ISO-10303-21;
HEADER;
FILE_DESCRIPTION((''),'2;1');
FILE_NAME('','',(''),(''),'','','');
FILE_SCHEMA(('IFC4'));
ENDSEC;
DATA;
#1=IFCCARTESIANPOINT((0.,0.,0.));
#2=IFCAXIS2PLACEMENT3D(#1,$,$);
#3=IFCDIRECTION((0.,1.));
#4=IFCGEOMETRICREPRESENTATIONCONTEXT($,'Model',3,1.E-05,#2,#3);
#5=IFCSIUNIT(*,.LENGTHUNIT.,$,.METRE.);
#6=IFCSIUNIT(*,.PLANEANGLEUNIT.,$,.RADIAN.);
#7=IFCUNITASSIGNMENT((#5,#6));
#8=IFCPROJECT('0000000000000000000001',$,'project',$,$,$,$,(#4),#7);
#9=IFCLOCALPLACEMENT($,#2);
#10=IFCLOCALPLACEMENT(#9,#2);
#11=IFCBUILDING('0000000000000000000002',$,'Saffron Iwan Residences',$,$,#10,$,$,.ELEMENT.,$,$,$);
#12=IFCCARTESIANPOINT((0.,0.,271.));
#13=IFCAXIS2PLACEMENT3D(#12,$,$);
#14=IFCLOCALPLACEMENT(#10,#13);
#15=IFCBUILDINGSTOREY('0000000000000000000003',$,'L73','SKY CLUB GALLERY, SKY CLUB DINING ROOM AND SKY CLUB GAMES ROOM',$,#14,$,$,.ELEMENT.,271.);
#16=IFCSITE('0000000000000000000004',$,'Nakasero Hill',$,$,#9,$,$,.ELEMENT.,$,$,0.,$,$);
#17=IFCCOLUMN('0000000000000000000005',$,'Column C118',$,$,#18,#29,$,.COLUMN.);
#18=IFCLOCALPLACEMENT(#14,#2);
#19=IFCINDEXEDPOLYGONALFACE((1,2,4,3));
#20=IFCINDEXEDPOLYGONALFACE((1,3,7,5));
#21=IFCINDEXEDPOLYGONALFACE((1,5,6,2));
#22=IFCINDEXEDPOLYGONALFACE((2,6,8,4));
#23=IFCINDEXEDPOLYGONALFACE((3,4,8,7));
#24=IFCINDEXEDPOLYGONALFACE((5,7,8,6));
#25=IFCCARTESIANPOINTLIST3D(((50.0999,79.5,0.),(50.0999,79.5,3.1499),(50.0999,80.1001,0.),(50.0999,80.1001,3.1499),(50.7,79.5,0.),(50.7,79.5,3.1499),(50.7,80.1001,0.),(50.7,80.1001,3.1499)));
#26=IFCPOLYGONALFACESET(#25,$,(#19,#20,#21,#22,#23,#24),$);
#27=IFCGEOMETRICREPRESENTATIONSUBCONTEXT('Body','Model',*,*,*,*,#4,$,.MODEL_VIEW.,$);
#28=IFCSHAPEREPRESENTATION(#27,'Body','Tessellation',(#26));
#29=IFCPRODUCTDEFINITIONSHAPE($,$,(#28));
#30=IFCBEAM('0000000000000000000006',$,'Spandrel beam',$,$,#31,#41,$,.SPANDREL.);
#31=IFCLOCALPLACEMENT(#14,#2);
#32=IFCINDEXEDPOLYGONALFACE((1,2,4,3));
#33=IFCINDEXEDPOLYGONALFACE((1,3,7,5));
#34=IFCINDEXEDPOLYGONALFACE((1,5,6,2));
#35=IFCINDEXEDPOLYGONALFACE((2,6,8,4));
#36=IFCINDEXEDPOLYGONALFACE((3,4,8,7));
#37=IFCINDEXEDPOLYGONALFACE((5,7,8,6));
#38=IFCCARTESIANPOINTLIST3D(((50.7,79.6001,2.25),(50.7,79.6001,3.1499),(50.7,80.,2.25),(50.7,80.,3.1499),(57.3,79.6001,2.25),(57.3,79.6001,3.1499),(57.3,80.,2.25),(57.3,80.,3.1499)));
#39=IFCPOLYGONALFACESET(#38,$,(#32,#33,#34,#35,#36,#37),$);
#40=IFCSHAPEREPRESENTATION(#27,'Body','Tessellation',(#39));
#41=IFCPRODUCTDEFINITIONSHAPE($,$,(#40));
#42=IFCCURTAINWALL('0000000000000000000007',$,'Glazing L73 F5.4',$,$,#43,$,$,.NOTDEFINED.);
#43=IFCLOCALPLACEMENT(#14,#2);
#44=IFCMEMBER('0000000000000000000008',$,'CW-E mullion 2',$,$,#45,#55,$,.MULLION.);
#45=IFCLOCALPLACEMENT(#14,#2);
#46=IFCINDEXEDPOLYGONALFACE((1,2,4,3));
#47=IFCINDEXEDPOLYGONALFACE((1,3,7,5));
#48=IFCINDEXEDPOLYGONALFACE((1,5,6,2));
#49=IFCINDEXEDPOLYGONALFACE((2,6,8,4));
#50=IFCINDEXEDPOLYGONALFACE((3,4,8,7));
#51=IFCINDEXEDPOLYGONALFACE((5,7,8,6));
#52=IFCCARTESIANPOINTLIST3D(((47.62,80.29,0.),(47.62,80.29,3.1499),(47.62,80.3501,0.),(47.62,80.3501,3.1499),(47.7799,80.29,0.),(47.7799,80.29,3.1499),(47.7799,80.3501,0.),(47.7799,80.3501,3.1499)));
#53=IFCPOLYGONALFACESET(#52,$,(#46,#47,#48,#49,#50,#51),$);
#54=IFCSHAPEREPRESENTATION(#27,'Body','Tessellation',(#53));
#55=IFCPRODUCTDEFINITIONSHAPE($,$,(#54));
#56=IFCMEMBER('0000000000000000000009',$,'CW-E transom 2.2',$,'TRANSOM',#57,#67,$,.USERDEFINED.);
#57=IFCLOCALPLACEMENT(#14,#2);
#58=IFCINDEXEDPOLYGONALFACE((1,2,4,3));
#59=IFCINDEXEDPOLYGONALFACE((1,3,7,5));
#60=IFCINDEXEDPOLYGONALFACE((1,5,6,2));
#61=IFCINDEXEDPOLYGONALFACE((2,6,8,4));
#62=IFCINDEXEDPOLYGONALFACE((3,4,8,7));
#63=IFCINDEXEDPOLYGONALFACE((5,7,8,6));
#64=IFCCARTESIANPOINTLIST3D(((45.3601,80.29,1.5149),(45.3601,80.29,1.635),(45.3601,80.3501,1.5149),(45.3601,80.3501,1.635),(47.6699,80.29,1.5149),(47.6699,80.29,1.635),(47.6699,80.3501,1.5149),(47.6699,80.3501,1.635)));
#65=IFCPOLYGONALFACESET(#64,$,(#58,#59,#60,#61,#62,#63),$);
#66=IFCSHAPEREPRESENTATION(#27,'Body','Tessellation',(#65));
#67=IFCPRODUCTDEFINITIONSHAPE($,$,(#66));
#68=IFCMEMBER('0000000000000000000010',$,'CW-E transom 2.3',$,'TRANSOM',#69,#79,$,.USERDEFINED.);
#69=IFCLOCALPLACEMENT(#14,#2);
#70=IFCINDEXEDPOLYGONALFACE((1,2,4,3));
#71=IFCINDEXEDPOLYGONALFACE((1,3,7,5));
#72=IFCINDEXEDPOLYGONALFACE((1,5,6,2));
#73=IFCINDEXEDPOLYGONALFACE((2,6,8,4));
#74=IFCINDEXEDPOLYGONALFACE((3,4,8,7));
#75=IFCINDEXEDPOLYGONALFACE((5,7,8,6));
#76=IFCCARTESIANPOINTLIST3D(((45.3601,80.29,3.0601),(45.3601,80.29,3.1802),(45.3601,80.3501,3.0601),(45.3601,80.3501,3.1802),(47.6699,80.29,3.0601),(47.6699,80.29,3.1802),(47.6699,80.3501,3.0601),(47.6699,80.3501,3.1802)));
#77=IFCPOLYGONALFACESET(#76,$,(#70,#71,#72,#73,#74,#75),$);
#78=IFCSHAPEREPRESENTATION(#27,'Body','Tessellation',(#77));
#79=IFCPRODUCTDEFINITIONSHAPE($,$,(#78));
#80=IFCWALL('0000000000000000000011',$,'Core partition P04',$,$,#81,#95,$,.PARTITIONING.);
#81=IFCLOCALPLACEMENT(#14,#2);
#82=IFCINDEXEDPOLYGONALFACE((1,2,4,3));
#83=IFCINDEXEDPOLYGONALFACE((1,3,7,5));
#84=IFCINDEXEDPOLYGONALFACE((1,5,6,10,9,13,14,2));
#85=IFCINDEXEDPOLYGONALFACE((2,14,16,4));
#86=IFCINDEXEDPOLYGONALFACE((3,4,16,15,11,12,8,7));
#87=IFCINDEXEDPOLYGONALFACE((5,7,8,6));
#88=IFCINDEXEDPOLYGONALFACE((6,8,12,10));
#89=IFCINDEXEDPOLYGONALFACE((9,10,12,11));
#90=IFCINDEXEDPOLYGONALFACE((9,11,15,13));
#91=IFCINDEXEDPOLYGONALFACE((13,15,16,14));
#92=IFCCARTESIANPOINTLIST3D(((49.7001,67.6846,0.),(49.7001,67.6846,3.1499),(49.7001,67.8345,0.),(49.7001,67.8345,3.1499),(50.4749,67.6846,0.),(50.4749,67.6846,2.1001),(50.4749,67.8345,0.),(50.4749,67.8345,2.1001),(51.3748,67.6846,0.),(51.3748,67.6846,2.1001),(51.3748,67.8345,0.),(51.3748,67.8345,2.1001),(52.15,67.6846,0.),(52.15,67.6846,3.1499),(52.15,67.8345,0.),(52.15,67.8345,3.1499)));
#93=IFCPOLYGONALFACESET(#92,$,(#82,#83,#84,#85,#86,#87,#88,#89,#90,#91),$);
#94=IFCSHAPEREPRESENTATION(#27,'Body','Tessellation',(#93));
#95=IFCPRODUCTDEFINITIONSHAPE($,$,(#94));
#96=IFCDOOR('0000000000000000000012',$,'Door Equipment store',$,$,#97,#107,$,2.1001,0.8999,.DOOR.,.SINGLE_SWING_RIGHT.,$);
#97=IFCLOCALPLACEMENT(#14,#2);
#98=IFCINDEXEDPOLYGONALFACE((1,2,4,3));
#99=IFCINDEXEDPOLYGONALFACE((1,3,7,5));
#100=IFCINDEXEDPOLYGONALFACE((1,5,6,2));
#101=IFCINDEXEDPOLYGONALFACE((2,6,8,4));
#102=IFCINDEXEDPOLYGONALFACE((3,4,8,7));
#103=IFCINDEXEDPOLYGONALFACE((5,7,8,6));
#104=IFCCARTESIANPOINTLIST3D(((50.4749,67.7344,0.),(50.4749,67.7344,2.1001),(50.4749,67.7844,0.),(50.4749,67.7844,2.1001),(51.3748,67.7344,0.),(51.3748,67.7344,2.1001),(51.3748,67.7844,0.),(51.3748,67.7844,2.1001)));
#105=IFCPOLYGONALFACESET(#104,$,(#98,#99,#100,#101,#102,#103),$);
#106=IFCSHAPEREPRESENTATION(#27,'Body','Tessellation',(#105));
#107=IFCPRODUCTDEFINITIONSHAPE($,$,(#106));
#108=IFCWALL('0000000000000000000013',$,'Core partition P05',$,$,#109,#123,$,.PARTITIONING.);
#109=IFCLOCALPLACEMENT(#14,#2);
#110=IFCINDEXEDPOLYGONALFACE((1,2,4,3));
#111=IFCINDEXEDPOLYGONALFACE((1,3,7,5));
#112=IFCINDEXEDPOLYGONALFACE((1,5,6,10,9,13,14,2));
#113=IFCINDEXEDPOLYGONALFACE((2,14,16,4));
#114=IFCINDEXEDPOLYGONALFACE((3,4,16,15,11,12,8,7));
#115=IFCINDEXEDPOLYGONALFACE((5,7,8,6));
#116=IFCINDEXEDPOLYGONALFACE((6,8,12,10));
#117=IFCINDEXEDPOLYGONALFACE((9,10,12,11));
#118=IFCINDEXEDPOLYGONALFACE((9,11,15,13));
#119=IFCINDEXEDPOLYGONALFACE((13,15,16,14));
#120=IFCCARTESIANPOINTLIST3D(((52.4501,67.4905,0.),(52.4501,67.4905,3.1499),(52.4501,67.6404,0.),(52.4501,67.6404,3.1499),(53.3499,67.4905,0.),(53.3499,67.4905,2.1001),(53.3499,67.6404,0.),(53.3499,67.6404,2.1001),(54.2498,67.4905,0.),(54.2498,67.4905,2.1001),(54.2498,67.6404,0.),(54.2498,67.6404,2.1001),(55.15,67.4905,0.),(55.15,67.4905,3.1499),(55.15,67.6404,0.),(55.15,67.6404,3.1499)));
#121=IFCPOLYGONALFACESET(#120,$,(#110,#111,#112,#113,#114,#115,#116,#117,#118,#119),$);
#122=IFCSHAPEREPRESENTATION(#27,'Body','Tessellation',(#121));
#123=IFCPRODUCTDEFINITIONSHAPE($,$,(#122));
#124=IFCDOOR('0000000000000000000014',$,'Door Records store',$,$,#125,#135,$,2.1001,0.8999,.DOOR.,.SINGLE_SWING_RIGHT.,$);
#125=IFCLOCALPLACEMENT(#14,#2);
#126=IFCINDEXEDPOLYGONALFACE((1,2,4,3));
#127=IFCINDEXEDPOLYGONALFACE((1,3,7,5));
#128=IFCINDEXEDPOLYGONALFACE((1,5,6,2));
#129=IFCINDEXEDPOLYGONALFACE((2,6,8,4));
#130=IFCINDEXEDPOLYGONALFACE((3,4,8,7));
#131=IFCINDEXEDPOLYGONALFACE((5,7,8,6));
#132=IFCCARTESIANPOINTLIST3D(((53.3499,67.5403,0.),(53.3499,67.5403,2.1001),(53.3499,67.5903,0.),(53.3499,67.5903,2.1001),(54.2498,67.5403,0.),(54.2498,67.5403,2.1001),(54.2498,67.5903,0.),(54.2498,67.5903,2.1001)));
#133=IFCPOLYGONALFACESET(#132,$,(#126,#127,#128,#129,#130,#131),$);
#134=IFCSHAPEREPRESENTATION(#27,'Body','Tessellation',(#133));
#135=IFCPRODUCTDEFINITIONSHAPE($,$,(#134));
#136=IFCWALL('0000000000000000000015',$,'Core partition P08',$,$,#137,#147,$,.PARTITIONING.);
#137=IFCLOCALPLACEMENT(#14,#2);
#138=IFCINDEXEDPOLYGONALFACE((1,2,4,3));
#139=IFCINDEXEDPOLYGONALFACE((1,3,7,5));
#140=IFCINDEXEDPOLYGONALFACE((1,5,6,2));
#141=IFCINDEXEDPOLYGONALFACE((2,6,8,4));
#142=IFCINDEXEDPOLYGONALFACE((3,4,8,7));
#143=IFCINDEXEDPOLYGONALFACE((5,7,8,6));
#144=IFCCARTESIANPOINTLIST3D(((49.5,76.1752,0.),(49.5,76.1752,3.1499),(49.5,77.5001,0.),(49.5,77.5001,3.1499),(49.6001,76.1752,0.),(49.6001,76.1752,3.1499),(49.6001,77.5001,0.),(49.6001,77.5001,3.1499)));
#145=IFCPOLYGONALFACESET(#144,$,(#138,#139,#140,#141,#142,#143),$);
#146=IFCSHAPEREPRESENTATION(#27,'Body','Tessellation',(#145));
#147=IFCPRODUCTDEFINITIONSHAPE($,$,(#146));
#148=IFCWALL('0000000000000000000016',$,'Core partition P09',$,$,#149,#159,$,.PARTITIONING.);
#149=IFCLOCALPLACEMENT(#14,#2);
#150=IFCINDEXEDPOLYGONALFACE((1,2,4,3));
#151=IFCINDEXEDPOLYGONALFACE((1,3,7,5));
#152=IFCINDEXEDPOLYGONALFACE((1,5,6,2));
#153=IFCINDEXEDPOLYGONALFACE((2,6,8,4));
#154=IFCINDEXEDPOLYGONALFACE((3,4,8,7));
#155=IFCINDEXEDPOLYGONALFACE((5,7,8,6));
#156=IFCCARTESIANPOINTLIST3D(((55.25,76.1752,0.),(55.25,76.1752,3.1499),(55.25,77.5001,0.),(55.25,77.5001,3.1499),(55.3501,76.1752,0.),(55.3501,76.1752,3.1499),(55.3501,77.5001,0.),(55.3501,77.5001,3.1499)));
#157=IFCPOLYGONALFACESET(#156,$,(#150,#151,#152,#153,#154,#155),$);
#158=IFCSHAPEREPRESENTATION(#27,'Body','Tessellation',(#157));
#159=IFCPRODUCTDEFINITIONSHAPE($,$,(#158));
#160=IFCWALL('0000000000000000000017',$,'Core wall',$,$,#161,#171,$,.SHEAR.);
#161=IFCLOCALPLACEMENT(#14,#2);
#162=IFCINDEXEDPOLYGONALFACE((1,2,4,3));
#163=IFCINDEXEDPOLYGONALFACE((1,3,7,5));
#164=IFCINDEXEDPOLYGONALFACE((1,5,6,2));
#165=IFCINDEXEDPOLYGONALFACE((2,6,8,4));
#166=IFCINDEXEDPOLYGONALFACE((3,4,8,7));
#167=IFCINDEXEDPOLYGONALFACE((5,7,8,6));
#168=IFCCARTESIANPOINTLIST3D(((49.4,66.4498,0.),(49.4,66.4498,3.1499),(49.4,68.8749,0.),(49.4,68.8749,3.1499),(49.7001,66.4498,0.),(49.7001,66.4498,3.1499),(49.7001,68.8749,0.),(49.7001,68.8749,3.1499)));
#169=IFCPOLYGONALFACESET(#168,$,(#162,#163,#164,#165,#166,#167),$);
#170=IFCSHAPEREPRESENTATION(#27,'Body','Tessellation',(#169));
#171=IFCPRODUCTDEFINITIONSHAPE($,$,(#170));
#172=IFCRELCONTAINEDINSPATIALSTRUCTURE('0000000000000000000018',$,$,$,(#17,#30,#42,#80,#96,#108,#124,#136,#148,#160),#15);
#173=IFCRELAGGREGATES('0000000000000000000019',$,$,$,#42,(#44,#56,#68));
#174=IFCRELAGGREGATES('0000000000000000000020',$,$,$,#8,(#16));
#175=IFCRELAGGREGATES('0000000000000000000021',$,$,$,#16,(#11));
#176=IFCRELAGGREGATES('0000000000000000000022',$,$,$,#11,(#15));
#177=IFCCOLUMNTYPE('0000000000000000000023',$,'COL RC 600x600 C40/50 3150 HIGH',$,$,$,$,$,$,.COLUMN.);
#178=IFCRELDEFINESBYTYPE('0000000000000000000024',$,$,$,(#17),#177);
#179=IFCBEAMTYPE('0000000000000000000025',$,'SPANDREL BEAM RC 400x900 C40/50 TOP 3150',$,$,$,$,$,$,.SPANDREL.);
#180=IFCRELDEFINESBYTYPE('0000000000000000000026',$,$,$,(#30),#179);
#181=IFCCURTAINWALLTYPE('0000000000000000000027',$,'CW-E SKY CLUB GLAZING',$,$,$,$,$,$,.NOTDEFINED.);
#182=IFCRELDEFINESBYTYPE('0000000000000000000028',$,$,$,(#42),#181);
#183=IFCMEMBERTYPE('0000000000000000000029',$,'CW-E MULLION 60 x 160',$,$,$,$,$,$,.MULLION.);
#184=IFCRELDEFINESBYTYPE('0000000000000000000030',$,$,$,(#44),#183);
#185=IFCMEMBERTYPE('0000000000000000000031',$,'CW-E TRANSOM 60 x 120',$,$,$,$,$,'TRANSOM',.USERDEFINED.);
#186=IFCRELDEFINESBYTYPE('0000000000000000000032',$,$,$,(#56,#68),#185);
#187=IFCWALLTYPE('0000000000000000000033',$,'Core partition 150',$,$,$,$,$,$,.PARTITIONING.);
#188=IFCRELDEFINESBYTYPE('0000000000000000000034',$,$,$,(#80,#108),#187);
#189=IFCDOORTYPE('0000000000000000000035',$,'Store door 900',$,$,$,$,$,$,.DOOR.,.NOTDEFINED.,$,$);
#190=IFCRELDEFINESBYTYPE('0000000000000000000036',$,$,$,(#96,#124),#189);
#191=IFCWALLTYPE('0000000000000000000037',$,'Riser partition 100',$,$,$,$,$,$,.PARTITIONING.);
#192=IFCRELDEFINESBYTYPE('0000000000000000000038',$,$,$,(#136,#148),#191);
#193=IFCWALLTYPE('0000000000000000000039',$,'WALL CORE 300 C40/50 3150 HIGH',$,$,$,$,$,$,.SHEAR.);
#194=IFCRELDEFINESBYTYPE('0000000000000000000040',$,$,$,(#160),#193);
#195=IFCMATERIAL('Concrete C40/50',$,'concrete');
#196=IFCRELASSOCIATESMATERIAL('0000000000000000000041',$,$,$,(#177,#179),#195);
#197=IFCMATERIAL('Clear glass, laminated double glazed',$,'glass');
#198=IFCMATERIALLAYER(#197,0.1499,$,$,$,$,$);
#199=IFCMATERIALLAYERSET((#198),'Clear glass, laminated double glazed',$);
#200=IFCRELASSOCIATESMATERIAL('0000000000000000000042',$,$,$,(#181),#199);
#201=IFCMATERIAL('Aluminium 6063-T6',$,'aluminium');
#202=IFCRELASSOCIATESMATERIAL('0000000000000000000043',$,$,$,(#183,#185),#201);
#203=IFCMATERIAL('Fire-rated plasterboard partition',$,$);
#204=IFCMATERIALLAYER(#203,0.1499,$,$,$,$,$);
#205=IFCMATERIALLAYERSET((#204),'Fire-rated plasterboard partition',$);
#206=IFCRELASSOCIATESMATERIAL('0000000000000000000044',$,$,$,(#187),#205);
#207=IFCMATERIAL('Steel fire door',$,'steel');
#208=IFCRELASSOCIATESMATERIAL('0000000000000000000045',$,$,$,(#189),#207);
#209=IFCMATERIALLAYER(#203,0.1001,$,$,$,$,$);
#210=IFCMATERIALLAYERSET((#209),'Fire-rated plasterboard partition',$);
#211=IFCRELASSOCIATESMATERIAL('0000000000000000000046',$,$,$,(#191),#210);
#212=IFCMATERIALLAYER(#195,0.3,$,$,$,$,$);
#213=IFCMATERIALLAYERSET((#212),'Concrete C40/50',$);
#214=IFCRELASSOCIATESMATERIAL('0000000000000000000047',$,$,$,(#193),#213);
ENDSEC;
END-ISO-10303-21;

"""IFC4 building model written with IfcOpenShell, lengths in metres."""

from ifc_helpers import new_model, si_unit, direction, frame, frame_2d, origin, origin_2d, place, context, subcontext, project, spatial, rectangle, extrude, source, transform, mapped, material, layer, layer_set, material_profile, profile_set, type_object, element, fill, aggregate, save


model = new_model("IFC4")

# Units and contexts
model_context = context("Model", 3, precision=1e-05, world=origin(), true_north=direction((0.0, 1.0)))
body_context = subcontext(model_context, "Body", "Model", "MODEL_VIEW")
ifc_project = project(units=[si_unit("LENGTHUNIT", "METRE"), si_unit("PLANEANGLEUNIT", "RADIAN")], contexts=[model_context])

# Site, building, storey
site_placement = place(None, origin())
site = spatial("IfcSite", under=ifc_project, at=site_placement, Name="Nakasero Hill", CompositionType="ELEMENT", RefElevation=0.0)
building_placement = place(site_placement, origin())
building = spatial("IfcBuilding", under=site, at=building_placement, Name="Saffron Iwan Residences", CompositionType="ELEMENT")
storey_placement = place(building_placement, frame((0.0, 0.0, 271.0)))
storey = spatial("IfcBuildingStorey", under=building, at=storey_placement, Name="L73", Description="SKY CLUB GALLERY, SKY CLUB DINING ROOM AND SKY CLUB GAMES ROOM", CompositionType="ELEMENT", Elevation=271.0)

# Column
ifc_material_1 = material(Name="Concrete C40/50", Category="concrete")
ifc_material_profile_1 = material_profile(ifc_material_1, rectangle(XDim=0.6001, YDim=0.6001, at=origin_2d()), Name="RC 600x600")
ifc_profile_set_1 = profile_set([ifc_material_profile_1], Name="Concrete C40/50")
column_type = type_object("IfcColumnType", Name="COL RC 600x600 C40/50 3150 HIGH", PredefinedType="COLUMN", material=ifc_profile_set_1)
shared_shape_1 = source(origin(), body_context, "Body", "SweptSolid", [
    extrude(rectangle(XDim=0.6001, YDim=0.6001, at=origin_2d()), origin(), (0.0, 0.0, 1.0), 3.1499),
])
column_placement = place(storey_placement, frame((50.3999, 79.8, 0.0), z_axis=(0.0, 0.0, 1.0), x_axis=(1.0, 0.0, 0.0)))
element("IfcColumn", 1, at=column_placement, inside=storey, type_object=column_type, Name="Column C118", PredefinedType="COLUMN", context=body_context, shape_type="MappedRepresentation", body=[
    mapped(shared_shape_1, transform((0.0, 0.0, 0.0))),
])

# Beam
ifc_material_profile_2 = material_profile(ifc_material_1, rectangle(XDim=0.3999, YDim=0.8999, at=origin_2d()), Name="RC 400x900")
ifc_profile_set_2 = profile_set([ifc_material_profile_2], Name="Concrete C40/50")
beam_type = type_object("IfcBeamType", Name="SPANDREL BEAM RC 400x900 C40/50 TOP 3150", PredefinedType="SPANDREL", material=ifc_profile_set_2)
shared_shape_2 = source(origin(), body_context, "Body", "SweptSolid", [
    extrude(rectangle(XDim=0.3999, YDim=0.8999, at=origin_2d()), origin(), (0.0, 0.0, 1.0), 6.6001),
])
beam_placement = place(storey_placement, frame((50.7, 79.8, 2.7), z_axis=(1.0, 0.0, 0.0), x_axis=(0.0, 1.0, 0.0)))
element("IfcBeam", 2, at=beam_placement, inside=storey, type_object=beam_type, Name="Spandrel beam", PredefinedType="SPANDREL", context=body_context, shape_type="MappedRepresentation", body=[
    mapped(shared_shape_2, transform((0.0, 0.0, 0.0))),
])

# Curtain wall, members
ifc_material_2 = material(Name="Clear glass, laminated double glazed", Category="glass")
ifc_layer_1 = layer(ifc_material_2, 0.1499)
ifc_layer_set_1 = layer_set([ifc_layer_1], Name="Clear glass, laminated double glazed")
curtain_wall_type = type_object("IfcCurtainWallType", Name="CW-E SKY CLUB GLAZING", PredefinedType="NOTDEFINED", material=ifc_layer_set_1)
curtain_wall_placement = place(storey_placement, origin())
curtain_wall = element("IfcCurtainWall", 3, at=curtain_wall_placement, inside=storey, type_object=curtain_wall_type, Name="Glazing L73 F5.4", PredefinedType="NOTDEFINED")
ifc_material_3 = material(Name="Aluminium 6063-T6", Category="aluminium")
ifc_material_profile_3 = material_profile(ifc_material_3, rectangle(XDim=0.0601, YDim=0.1599, at=origin_2d()), Name="CW-E MULLION 60 x 160")
ifc_profile_set_3 = profile_set([ifc_material_profile_3], Name="Aluminium 6063-T6")
member_type_1 = type_object("IfcMemberType", Name="CW-E MULLION 60 x 160", PredefinedType="MULLION", material=ifc_profile_set_3)
shared_shape_3 = source(origin(), body_context, "Body", "SweptSolid", [
    extrude(rectangle(XDim=0.0601, YDim=0.1599, at=origin_2d()), origin(), (0.0, 0.0, 1.0), 3.1499),
])
member_1_placement = place(storey_placement, frame((47.7, 80.3201, 0.0), z_axis=(0.0, 0.0, 1.0), x_axis=(0.0, -1.0, 0.0)))
member_1 = element("IfcMember", 4, at=member_1_placement, type_object=member_type_1, Name="CW-E mullion 2", PredefinedType="MULLION", context=body_context, shape_type="MappedRepresentation", body=[
    mapped(shared_shape_3, transform((0.0, 0.0, 0.0))),
])
ifc_material_profile_4 = material_profile(ifc_material_3, rectangle(XDim=0.0601, YDim=0.1201, at=origin_2d()), Name="CW-E TRANSOM 60 x 120")
ifc_profile_set_4 = profile_set([ifc_material_profile_4], Name="Aluminium 6063-T6")
member_type_2 = type_object("IfcMemberType", Name="CW-E TRANSOM 60 x 120", ElementType="TRANSOM", PredefinedType="USERDEFINED", material=ifc_profile_set_4)
shared_shape_4 = source(origin(), body_context, "Body", "SweptSolid", [
    extrude(rectangle(XDim=0.0601, YDim=0.1201, at=origin_2d()), origin(), (0.0, 0.0, 1.0), 2.3098),
])
member_2_placement = place(storey_placement, frame((47.6699, 80.3201, 1.575), z_axis=(-1.0, 0.0, 0.0), x_axis=(0.0, -1.0, 0.0)))
member_2 = element("IfcMember", 5, at=member_2_placement, type_object=member_type_2, Name="CW-E transom 2.2", ObjectType="TRANSOM", PredefinedType="USERDEFINED", context=body_context, shape_type="MappedRepresentation", body=[
    mapped(shared_shape_4, transform((0.0, 0.0, 0.0))),
])
member_3_placement = place(storey_placement, frame((47.6699, 80.3201, 3.1201), z_axis=(-1.0, 0.0, 0.0), x_axis=(0.0, -1.0, 0.0)))
member_3 = element("IfcMember", 6, at=member_3_placement, type_object=member_type_2, Name="CW-E transom 2.3", ObjectType="TRANSOM", PredefinedType="USERDEFINED", context=body_context, shape_type="MappedRepresentation", body=[
    mapped(shared_shape_4, transform((0.0, 0.0, 0.0))),
])
aggregate(curtain_wall, [member_1, member_2, member_3])

# Walls, openings, doors
ifc_material_4 = material(Name="Fire-rated plasterboard partition")
ifc_layer_2 = layer(ifc_material_4, 0.1499)
ifc_layer_set_2 = layer_set([ifc_layer_2], Name="Fire-rated plasterboard partition")
wall_type_1 = type_object("IfcWallType", Name="Core partition 150", PredefinedType="PARTITIONING", material=ifc_layer_set_2)
wall_1_placement = place(storey_placement, frame((49.7, 67.7595, 0.0), z_axis=(0.0, 0.0, 1.0), x_axis=(1.0, 0.0, 0.0)))
wall_1 = element("IfcWall", 7, at=wall_1_placement, inside=storey, type_object=wall_type_1, Name="Core partition P04", PredefinedType="PARTITIONING", context=body_context, shape_type="SweptSolid", body=[
    extrude(rectangle(XDim=2.45, YDim=0.1499, at=frame_2d((1.2251, 0.0))), origin(), (0.0, 0.0, 1.0), 3.1499),
])
opening_1_placement = place(wall_1_placement, frame((0.7749, 0.0, 0.0)))
opening_1 = element("IfcOpeningElement", 8, at=opening_1_placement, cuts=wall_1, PredefinedType="OPENING", context=body_context, shape_type="SweptSolid", body=[
    extrude(rectangle(XDim=0.8999, YDim=2.1001, at=frame_2d((0.45, 1.05))), frame((0.0, 0.085, 0.0), z_axis=(0.0, -1.0, 0.0), x_axis=(1.0, 0.0, 0.0)), (0.0, 0.0, 1.0), 0.1699),
])
ifc_material_5 = material(Name="Steel fire door", Category="steel")
door_type = type_object("IfcDoorType", Name="Store door 900", OperationType="NOTDEFINED", PredefinedType="DOOR", material=ifc_material_5)
door_1_placement = place(opening_1_placement, origin())
door_1 = element("IfcDoor", 9, at=door_1_placement, inside=storey, type_object=door_type, Name="Door Equipment store", OperationType="SINGLE_SWING_RIGHT", OverallHeight=2.1001, OverallWidth=0.8999, PredefinedType="DOOR", context=body_context, shape_type="SweptSolid", body=[
    extrude(rectangle(XDim=0.8999, YDim=2.1001, at=frame_2d((0.45, 1.05))), frame((0.0, 0.0249, 0.0), z_axis=(0.0, -1.0, 0.0), x_axis=(1.0, 0.0, 0.0)), (0.0, 0.0, 1.0), 0.05),
])
fill(opening_1, door_1)
wall_2_placement = place(storey_placement, frame((52.45, 67.5654, 0.0), z_axis=(0.0, 0.0, 1.0), x_axis=(1.0, 0.0, 0.0)))
wall_2 = element("IfcWall", 10, at=wall_2_placement, inside=storey, type_object=wall_type_1, Name="Core partition P05", PredefinedType="PARTITIONING", context=body_context, shape_type="SweptSolid", body=[
    extrude(rectangle(XDim=2.7, YDim=0.1499, at=frame_2d((1.3501, 0.0))), origin(), (0.0, 0.0, 1.0), 3.1499),
])
opening_2_placement = place(wall_2_placement, frame((0.8999, 0.0, 0.0)))
opening_2 = element("IfcOpeningElement", 11, at=opening_2_placement, cuts=wall_2, PredefinedType="OPENING", context=body_context, shape_type="SweptSolid", body=[
    extrude(rectangle(XDim=0.8999, YDim=2.1001, at=frame_2d((0.45, 1.05))), frame((0.0, 0.085, 0.0), z_axis=(0.0, -1.0, 0.0), x_axis=(1.0, 0.0, 0.0)), (0.0, 0.0, 1.0), 0.1699),
])
door_2_placement = place(opening_2_placement, origin())
door_2 = element("IfcDoor", 12, at=door_2_placement, inside=storey, type_object=door_type, Name="Door Records store", OperationType="SINGLE_SWING_RIGHT", OverallHeight=2.1001, OverallWidth=0.8999, PredefinedType="DOOR", context=body_context, shape_type="SweptSolid", body=[
    extrude(rectangle(XDim=0.8999, YDim=2.1001, at=frame_2d((0.45, 1.05))), frame((0.0, 0.0249, 0.0), z_axis=(0.0, -1.0, 0.0), x_axis=(1.0, 0.0, 0.0)), (0.0, 0.0, 1.0), 0.05),
])
fill(opening_2, door_2)

# Walls
ifc_layer_3 = layer(ifc_material_4, 0.1001)
ifc_layer_set_3 = layer_set([ifc_layer_3], Name="Fire-rated plasterboard partition")
wall_type_2 = type_object("IfcWallType", Name="Riser partition 100", PredefinedType="PARTITIONING", material=ifc_layer_set_3)
for number, where, z_axis, x_axis, name in (
    (13, (49.55, 76.175, 0.0), (0.0, 0.0, 1.0), (0.0, 1.0, 0.0), "Core partition P08"),
    (14, (55.3, 76.175, 0.0), (0.0, 0.0, 1.0), (0.0, 1.0, 0.0), "Core partition P09"),
):
    element("IfcWall", number, at=place(storey_placement, frame(where, z_axis=z_axis, x_axis=x_axis)), inside=storey, type_object=wall_type_2, Name=name, PredefinedType="PARTITIONING", context=body_context, shape_type="SweptSolid", body=[
        extrude(rectangle(XDim=1.325, YDim=0.1001, at=frame_2d((0.6626, 0.0))), origin(), (0.0, 0.0, 1.0), 3.1499),
    ])
ifc_layer_4 = layer(ifc_material_1, 0.3)
ifc_layer_set_4 = layer_set([ifc_layer_4], Name="Concrete C40/50")
wall_type_3 = type_object("IfcWallType", Name="WALL CORE 300 C40/50 3150 HIGH", PredefinedType="SHEAR", material=ifc_layer_set_4)
for number, where, z_axis, x_axis, name in (
    (15, (49.55, 66.45, 0.0), (0.0, 0.0, 1.0), (0.0, 1.0, 0.0), "Core wall"),
):
    element("IfcWall", number, at=place(storey_placement, frame(where, z_axis=z_axis, x_axis=x_axis)), inside=storey, type_object=wall_type_3, Name=name, PredefinedType="SHEAR", context=body_context, shape_type="SweptSolid", body=[
        extrude(rectangle(XDim=2.425, YDim=0.3, at=frame_2d((1.2124, 0.0))), origin(), (0.0, 0.0, 1.0), 3.1499),
    ])

save(model, "model.ifc")
